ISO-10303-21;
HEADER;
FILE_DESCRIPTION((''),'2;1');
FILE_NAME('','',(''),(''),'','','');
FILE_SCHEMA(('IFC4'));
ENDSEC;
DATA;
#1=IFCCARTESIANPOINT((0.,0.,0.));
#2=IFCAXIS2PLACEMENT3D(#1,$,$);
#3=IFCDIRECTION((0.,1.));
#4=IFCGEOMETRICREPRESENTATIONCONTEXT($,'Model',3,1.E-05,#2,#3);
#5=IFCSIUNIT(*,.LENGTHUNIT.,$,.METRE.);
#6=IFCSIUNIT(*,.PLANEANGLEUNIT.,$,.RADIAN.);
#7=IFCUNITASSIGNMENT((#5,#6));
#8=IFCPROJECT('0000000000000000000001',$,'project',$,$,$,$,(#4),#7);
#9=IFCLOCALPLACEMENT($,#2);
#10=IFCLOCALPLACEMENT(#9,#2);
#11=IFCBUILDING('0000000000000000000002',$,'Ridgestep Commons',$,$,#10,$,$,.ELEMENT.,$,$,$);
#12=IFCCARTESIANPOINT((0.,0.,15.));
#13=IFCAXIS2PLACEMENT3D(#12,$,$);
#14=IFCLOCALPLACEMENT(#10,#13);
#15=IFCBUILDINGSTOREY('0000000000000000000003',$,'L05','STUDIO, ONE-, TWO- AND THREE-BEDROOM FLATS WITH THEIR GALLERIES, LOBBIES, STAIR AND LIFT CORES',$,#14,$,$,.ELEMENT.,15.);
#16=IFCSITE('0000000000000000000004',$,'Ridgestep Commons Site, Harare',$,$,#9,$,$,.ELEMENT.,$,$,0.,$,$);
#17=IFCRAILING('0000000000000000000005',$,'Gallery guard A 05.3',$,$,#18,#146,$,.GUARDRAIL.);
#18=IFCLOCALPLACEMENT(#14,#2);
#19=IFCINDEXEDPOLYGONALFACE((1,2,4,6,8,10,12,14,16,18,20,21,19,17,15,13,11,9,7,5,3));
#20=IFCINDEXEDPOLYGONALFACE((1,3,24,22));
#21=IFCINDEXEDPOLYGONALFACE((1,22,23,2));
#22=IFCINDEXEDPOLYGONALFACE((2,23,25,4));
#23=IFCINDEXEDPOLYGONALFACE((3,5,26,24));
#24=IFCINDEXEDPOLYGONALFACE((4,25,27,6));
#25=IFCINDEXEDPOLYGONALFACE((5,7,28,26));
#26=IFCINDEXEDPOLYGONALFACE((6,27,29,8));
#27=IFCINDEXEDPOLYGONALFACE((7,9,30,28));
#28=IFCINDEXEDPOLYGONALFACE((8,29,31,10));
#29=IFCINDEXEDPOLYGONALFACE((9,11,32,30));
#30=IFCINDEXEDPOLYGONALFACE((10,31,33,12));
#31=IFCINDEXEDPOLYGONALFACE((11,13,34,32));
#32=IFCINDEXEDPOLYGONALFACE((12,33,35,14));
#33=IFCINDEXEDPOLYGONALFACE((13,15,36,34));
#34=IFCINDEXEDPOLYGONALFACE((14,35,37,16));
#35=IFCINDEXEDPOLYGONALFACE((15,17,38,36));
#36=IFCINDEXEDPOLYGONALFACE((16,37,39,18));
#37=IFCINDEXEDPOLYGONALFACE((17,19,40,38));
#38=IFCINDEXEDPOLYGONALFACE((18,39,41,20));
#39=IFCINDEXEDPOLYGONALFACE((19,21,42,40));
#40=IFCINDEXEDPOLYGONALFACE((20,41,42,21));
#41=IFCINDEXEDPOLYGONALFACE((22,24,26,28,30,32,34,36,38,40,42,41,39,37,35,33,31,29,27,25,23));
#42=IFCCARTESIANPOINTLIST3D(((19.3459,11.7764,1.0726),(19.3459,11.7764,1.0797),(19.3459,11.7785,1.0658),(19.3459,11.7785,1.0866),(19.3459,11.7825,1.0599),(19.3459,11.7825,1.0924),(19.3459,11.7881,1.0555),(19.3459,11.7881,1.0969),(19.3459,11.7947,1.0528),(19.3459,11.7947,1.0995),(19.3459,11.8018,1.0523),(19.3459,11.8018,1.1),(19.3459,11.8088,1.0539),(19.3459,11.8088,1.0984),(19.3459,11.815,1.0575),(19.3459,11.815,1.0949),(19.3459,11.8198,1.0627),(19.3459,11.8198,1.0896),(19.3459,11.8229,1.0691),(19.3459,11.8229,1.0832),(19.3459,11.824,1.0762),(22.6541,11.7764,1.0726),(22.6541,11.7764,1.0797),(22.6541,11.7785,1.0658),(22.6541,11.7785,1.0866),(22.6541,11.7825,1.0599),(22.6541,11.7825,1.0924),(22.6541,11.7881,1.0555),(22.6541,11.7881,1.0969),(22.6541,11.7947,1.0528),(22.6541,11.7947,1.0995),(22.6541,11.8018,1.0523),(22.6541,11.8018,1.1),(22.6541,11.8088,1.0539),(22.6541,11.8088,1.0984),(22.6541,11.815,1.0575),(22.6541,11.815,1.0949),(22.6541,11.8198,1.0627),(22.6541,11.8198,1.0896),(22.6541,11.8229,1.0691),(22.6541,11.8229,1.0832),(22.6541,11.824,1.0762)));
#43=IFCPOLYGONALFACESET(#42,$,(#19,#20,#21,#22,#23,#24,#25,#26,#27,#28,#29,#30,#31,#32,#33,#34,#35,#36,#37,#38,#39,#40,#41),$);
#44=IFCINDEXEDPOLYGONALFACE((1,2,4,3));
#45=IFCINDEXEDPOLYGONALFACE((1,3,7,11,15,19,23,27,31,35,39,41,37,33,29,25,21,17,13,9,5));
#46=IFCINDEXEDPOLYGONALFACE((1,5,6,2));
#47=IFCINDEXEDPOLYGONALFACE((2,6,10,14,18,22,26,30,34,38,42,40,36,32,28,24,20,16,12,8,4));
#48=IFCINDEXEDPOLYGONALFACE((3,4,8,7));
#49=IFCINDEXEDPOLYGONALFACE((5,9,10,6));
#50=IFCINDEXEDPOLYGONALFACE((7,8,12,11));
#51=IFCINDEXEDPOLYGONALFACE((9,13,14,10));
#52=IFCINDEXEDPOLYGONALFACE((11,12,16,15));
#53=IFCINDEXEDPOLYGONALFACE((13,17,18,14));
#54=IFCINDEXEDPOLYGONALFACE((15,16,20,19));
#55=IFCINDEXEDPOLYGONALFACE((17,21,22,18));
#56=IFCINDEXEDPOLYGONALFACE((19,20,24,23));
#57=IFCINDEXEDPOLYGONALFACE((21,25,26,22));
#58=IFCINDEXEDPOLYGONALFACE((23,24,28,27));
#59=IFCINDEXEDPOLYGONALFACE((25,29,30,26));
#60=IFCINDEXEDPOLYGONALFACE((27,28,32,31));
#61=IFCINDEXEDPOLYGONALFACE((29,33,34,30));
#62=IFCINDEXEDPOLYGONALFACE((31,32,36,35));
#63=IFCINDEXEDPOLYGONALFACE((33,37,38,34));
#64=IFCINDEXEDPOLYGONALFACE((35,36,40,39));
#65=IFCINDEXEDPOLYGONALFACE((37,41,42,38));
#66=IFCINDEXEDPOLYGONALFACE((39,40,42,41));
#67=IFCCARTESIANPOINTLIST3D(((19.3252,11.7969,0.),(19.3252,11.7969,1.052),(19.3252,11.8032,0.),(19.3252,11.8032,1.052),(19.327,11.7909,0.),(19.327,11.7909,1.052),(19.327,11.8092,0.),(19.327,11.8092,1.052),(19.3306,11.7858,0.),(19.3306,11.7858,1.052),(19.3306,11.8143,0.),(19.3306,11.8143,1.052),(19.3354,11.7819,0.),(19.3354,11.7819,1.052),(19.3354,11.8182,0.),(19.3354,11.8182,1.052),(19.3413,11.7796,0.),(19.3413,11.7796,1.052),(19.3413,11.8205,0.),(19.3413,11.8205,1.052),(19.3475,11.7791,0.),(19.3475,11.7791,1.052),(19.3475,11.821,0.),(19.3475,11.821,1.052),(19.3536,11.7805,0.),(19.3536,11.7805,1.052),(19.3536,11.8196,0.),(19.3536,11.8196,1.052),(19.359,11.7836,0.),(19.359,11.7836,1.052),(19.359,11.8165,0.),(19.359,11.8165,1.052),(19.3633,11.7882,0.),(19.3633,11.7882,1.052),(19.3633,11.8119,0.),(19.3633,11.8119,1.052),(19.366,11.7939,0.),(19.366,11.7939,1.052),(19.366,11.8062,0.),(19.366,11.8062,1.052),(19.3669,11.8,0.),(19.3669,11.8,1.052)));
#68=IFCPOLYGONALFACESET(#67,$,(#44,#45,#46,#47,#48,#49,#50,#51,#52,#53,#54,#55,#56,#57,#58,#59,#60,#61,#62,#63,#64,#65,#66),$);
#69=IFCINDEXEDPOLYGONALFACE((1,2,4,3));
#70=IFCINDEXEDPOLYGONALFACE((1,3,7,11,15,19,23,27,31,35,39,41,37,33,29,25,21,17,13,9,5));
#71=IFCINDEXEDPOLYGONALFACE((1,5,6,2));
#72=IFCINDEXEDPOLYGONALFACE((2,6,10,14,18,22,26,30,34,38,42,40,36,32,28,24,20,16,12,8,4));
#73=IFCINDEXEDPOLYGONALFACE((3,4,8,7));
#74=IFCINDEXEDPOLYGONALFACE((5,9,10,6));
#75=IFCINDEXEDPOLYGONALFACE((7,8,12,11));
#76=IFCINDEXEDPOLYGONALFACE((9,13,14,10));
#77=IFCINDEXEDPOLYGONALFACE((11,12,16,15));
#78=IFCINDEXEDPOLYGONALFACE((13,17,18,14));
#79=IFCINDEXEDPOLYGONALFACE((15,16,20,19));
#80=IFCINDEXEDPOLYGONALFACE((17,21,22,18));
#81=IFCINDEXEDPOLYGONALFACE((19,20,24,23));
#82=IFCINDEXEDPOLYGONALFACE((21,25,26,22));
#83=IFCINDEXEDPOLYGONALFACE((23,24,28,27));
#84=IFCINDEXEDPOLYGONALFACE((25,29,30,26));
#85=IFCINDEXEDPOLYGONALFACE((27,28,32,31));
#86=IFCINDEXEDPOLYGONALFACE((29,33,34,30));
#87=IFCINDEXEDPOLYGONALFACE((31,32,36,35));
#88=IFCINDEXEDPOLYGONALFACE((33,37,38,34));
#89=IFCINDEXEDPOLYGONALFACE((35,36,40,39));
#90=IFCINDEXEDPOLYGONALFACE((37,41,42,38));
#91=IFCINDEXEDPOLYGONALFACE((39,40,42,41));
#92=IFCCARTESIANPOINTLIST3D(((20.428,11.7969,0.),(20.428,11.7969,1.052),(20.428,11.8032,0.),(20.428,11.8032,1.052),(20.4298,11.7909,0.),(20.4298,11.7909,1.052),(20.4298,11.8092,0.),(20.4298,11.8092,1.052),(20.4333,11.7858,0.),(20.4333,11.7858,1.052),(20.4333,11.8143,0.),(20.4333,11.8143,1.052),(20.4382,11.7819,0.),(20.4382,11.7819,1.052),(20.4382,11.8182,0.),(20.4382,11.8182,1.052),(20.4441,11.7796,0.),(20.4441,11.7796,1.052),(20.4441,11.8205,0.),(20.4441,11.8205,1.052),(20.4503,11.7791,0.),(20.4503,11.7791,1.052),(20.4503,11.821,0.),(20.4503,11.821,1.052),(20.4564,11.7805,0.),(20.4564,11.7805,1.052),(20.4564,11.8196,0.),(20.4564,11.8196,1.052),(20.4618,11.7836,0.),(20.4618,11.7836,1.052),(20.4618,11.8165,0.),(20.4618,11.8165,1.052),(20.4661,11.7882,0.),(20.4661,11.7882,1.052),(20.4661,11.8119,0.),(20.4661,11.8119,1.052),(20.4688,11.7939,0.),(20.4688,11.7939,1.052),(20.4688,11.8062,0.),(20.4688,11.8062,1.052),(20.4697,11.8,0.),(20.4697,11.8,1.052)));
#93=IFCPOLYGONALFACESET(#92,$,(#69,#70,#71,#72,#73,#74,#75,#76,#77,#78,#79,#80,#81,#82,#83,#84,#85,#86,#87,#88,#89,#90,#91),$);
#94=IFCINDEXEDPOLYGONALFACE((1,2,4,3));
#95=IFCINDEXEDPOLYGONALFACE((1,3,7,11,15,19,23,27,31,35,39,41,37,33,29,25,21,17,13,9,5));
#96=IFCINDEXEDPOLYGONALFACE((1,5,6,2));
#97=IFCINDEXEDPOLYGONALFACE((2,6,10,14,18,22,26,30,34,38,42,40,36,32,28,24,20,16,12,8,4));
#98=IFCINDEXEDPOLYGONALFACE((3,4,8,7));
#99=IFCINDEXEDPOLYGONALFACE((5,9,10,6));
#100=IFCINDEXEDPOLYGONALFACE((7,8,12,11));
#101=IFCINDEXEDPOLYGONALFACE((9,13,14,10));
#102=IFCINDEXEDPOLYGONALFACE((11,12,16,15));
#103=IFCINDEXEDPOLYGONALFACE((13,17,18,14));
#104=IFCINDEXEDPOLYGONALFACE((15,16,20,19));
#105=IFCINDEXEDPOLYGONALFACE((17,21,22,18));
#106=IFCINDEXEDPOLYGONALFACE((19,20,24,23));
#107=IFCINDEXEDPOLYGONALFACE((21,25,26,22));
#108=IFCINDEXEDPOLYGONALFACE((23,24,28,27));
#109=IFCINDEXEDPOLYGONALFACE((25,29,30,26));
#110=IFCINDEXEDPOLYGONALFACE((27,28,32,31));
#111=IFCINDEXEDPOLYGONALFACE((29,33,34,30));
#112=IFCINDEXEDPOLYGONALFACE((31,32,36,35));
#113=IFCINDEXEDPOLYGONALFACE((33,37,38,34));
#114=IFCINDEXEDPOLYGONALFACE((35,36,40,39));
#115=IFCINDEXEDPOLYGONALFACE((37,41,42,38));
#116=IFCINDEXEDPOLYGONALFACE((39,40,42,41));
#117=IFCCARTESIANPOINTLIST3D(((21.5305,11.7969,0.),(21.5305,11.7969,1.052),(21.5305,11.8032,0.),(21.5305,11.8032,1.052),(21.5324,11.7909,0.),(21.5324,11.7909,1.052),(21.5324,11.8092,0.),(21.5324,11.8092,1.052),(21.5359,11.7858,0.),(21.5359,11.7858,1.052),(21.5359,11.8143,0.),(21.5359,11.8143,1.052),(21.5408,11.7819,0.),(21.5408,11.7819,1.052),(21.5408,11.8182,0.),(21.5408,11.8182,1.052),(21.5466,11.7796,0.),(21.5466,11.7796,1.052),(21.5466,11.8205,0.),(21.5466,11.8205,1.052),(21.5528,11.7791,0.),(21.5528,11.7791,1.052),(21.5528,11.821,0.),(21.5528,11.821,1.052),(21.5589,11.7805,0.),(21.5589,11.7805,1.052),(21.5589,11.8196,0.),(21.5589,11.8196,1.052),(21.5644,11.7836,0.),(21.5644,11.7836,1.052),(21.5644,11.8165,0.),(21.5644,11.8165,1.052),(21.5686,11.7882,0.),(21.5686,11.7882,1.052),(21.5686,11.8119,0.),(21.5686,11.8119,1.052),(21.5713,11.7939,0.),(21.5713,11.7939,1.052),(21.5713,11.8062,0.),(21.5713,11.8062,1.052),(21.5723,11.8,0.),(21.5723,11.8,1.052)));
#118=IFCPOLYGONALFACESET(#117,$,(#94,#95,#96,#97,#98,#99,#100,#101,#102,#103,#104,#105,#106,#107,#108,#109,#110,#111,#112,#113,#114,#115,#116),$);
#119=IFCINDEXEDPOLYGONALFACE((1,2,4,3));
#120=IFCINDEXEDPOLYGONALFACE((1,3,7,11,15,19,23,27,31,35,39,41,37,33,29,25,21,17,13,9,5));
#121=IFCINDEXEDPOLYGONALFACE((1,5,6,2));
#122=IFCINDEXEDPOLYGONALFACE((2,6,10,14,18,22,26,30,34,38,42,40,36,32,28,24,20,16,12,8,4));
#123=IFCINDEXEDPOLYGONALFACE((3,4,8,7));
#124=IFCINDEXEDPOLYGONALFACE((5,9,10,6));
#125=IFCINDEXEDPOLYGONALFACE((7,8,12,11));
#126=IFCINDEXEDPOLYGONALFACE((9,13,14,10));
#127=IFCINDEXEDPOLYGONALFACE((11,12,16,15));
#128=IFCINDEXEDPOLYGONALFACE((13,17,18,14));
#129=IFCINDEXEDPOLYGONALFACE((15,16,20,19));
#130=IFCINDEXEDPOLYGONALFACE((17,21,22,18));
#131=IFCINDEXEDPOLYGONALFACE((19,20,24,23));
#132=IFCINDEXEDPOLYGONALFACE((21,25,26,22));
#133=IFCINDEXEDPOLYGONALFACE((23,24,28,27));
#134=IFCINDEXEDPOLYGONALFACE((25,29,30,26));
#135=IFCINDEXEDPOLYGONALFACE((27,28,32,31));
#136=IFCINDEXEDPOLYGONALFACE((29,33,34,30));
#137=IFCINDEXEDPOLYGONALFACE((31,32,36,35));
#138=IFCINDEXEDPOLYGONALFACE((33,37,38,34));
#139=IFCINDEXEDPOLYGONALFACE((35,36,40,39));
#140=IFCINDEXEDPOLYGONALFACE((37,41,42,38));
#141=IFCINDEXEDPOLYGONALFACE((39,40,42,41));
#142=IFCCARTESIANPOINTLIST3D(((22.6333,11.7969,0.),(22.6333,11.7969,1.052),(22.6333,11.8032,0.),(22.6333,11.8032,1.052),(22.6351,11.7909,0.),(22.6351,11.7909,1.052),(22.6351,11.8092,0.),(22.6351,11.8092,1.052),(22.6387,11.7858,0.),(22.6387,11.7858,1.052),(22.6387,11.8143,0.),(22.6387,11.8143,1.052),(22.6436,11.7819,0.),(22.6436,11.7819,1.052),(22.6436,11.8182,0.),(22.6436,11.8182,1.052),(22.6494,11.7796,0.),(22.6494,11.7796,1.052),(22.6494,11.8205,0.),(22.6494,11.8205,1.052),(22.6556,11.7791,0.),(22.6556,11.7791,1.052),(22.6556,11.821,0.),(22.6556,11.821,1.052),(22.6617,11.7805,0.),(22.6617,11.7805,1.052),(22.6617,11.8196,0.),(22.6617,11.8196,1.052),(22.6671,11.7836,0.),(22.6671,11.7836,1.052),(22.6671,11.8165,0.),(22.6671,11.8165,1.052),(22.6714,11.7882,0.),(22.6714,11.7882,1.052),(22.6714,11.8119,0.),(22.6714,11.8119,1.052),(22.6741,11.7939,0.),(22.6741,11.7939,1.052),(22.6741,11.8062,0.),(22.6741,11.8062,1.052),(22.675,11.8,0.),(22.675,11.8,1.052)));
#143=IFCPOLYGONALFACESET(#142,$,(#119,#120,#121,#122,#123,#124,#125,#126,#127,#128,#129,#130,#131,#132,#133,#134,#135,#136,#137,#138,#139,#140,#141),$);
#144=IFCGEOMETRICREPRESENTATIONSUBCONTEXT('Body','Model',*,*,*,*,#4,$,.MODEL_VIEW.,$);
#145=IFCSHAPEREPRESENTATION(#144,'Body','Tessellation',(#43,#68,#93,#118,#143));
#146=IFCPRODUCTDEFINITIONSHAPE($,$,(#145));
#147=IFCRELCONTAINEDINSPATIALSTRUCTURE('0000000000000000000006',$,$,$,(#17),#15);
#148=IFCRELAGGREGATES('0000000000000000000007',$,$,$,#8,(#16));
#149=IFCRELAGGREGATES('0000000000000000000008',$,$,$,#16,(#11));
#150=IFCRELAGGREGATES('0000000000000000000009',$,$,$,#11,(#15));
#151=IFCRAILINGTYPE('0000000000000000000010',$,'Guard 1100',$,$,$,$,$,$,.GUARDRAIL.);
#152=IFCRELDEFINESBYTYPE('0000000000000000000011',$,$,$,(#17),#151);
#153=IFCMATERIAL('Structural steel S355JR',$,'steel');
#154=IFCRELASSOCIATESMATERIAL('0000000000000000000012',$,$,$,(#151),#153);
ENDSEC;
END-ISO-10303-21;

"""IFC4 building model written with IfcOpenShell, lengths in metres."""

from ifc_helpers import new_model, si_unit, direction, frame, origin, origin_2d, place, context, subcontext, project, spatial, circle, extrude, material, type_object, element, save


model = new_model("IFC4")

# Units and contexts
model_context = context("Model", 3, precision=1e-05, world=origin(), true_north=direction((0.0, 1.0)))
body_context = subcontext(model_context, "Body", "Model", "MODEL_VIEW")
ifc_project = project(units=[si_unit("LENGTHUNIT", "METRE"), si_unit("PLANEANGLEUNIT", "RADIAN")], contexts=[model_context])

# Site, building, storey
site_placement = place(None, origin())
site = spatial("IfcSite", under=ifc_project, at=site_placement, Name="Ridgestep Commons Site, Harare", CompositionType="ELEMENT", RefElevation=0.0)
building_placement = place(site_placement, origin())
building = spatial("IfcBuilding", under=site, at=building_placement, Name="Ridgestep Commons", CompositionType="ELEMENT")
storey_placement = place(building_placement, frame((0.0, 0.0, 15.0)))
storey = spatial("IfcBuildingStorey", under=building, at=storey_placement, Name="L05", Description="STUDIO, ONE-, TWO- AND THREE-BEDROOM FLATS WITH THEIR GALLERIES, LOBBIES, STAIR AND LIFT CORES", CompositionType="ELEMENT", Elevation=15.0)

# Railing
ifc_material_1 = material(Name="Structural steel S355JR", Category="steel")
railing_type = type_object("IfcRailingType", Name="Guard 1100", PredefinedType="GUARDRAIL", material=ifc_material_1)
railing_1_placement = place(storey_placement, frame((19.3459, 11.8, 0.0)))
element("IfcRailing", 1, at=railing_1_placement, inside=storey, type_object=railing_type, Name="Gallery guard A 05.3", PredefinedType="GUARDRAIL", context=body_context, shape_type="SweptSolid", body=[
    extrude(circle(Radius=0.0239, at=origin_2d()), frame((0.0, 0.0, 1.0762), z_axis=(1.0, 0.0, 0.0), x_axis=(0.0, 1.0, 0.0)), (0.0, 0.0, 1.0), 3.3081),
    extrude(circle(Radius=0.021, at=origin_2d()), origin(), (0.0, 0.0, 1.0), 1.052),
    extrude(circle(Radius=0.021, at=origin_2d()), frame((1.1028, 0.0, 0.0)), (0.0, 0.0, 1.0), 1.052),
    extrude(circle(Radius=0.021, at=origin_2d()), frame((2.2053, 0.0, 0.0)), (0.0, 0.0, 1.0), 1.052),
    extrude(circle(Radius=0.021, at=origin_2d()), frame((3.3081, 0.0, 0.0)), (0.0, 0.0, 1.0), 1.052),
])

save(model, "model.ifc")
